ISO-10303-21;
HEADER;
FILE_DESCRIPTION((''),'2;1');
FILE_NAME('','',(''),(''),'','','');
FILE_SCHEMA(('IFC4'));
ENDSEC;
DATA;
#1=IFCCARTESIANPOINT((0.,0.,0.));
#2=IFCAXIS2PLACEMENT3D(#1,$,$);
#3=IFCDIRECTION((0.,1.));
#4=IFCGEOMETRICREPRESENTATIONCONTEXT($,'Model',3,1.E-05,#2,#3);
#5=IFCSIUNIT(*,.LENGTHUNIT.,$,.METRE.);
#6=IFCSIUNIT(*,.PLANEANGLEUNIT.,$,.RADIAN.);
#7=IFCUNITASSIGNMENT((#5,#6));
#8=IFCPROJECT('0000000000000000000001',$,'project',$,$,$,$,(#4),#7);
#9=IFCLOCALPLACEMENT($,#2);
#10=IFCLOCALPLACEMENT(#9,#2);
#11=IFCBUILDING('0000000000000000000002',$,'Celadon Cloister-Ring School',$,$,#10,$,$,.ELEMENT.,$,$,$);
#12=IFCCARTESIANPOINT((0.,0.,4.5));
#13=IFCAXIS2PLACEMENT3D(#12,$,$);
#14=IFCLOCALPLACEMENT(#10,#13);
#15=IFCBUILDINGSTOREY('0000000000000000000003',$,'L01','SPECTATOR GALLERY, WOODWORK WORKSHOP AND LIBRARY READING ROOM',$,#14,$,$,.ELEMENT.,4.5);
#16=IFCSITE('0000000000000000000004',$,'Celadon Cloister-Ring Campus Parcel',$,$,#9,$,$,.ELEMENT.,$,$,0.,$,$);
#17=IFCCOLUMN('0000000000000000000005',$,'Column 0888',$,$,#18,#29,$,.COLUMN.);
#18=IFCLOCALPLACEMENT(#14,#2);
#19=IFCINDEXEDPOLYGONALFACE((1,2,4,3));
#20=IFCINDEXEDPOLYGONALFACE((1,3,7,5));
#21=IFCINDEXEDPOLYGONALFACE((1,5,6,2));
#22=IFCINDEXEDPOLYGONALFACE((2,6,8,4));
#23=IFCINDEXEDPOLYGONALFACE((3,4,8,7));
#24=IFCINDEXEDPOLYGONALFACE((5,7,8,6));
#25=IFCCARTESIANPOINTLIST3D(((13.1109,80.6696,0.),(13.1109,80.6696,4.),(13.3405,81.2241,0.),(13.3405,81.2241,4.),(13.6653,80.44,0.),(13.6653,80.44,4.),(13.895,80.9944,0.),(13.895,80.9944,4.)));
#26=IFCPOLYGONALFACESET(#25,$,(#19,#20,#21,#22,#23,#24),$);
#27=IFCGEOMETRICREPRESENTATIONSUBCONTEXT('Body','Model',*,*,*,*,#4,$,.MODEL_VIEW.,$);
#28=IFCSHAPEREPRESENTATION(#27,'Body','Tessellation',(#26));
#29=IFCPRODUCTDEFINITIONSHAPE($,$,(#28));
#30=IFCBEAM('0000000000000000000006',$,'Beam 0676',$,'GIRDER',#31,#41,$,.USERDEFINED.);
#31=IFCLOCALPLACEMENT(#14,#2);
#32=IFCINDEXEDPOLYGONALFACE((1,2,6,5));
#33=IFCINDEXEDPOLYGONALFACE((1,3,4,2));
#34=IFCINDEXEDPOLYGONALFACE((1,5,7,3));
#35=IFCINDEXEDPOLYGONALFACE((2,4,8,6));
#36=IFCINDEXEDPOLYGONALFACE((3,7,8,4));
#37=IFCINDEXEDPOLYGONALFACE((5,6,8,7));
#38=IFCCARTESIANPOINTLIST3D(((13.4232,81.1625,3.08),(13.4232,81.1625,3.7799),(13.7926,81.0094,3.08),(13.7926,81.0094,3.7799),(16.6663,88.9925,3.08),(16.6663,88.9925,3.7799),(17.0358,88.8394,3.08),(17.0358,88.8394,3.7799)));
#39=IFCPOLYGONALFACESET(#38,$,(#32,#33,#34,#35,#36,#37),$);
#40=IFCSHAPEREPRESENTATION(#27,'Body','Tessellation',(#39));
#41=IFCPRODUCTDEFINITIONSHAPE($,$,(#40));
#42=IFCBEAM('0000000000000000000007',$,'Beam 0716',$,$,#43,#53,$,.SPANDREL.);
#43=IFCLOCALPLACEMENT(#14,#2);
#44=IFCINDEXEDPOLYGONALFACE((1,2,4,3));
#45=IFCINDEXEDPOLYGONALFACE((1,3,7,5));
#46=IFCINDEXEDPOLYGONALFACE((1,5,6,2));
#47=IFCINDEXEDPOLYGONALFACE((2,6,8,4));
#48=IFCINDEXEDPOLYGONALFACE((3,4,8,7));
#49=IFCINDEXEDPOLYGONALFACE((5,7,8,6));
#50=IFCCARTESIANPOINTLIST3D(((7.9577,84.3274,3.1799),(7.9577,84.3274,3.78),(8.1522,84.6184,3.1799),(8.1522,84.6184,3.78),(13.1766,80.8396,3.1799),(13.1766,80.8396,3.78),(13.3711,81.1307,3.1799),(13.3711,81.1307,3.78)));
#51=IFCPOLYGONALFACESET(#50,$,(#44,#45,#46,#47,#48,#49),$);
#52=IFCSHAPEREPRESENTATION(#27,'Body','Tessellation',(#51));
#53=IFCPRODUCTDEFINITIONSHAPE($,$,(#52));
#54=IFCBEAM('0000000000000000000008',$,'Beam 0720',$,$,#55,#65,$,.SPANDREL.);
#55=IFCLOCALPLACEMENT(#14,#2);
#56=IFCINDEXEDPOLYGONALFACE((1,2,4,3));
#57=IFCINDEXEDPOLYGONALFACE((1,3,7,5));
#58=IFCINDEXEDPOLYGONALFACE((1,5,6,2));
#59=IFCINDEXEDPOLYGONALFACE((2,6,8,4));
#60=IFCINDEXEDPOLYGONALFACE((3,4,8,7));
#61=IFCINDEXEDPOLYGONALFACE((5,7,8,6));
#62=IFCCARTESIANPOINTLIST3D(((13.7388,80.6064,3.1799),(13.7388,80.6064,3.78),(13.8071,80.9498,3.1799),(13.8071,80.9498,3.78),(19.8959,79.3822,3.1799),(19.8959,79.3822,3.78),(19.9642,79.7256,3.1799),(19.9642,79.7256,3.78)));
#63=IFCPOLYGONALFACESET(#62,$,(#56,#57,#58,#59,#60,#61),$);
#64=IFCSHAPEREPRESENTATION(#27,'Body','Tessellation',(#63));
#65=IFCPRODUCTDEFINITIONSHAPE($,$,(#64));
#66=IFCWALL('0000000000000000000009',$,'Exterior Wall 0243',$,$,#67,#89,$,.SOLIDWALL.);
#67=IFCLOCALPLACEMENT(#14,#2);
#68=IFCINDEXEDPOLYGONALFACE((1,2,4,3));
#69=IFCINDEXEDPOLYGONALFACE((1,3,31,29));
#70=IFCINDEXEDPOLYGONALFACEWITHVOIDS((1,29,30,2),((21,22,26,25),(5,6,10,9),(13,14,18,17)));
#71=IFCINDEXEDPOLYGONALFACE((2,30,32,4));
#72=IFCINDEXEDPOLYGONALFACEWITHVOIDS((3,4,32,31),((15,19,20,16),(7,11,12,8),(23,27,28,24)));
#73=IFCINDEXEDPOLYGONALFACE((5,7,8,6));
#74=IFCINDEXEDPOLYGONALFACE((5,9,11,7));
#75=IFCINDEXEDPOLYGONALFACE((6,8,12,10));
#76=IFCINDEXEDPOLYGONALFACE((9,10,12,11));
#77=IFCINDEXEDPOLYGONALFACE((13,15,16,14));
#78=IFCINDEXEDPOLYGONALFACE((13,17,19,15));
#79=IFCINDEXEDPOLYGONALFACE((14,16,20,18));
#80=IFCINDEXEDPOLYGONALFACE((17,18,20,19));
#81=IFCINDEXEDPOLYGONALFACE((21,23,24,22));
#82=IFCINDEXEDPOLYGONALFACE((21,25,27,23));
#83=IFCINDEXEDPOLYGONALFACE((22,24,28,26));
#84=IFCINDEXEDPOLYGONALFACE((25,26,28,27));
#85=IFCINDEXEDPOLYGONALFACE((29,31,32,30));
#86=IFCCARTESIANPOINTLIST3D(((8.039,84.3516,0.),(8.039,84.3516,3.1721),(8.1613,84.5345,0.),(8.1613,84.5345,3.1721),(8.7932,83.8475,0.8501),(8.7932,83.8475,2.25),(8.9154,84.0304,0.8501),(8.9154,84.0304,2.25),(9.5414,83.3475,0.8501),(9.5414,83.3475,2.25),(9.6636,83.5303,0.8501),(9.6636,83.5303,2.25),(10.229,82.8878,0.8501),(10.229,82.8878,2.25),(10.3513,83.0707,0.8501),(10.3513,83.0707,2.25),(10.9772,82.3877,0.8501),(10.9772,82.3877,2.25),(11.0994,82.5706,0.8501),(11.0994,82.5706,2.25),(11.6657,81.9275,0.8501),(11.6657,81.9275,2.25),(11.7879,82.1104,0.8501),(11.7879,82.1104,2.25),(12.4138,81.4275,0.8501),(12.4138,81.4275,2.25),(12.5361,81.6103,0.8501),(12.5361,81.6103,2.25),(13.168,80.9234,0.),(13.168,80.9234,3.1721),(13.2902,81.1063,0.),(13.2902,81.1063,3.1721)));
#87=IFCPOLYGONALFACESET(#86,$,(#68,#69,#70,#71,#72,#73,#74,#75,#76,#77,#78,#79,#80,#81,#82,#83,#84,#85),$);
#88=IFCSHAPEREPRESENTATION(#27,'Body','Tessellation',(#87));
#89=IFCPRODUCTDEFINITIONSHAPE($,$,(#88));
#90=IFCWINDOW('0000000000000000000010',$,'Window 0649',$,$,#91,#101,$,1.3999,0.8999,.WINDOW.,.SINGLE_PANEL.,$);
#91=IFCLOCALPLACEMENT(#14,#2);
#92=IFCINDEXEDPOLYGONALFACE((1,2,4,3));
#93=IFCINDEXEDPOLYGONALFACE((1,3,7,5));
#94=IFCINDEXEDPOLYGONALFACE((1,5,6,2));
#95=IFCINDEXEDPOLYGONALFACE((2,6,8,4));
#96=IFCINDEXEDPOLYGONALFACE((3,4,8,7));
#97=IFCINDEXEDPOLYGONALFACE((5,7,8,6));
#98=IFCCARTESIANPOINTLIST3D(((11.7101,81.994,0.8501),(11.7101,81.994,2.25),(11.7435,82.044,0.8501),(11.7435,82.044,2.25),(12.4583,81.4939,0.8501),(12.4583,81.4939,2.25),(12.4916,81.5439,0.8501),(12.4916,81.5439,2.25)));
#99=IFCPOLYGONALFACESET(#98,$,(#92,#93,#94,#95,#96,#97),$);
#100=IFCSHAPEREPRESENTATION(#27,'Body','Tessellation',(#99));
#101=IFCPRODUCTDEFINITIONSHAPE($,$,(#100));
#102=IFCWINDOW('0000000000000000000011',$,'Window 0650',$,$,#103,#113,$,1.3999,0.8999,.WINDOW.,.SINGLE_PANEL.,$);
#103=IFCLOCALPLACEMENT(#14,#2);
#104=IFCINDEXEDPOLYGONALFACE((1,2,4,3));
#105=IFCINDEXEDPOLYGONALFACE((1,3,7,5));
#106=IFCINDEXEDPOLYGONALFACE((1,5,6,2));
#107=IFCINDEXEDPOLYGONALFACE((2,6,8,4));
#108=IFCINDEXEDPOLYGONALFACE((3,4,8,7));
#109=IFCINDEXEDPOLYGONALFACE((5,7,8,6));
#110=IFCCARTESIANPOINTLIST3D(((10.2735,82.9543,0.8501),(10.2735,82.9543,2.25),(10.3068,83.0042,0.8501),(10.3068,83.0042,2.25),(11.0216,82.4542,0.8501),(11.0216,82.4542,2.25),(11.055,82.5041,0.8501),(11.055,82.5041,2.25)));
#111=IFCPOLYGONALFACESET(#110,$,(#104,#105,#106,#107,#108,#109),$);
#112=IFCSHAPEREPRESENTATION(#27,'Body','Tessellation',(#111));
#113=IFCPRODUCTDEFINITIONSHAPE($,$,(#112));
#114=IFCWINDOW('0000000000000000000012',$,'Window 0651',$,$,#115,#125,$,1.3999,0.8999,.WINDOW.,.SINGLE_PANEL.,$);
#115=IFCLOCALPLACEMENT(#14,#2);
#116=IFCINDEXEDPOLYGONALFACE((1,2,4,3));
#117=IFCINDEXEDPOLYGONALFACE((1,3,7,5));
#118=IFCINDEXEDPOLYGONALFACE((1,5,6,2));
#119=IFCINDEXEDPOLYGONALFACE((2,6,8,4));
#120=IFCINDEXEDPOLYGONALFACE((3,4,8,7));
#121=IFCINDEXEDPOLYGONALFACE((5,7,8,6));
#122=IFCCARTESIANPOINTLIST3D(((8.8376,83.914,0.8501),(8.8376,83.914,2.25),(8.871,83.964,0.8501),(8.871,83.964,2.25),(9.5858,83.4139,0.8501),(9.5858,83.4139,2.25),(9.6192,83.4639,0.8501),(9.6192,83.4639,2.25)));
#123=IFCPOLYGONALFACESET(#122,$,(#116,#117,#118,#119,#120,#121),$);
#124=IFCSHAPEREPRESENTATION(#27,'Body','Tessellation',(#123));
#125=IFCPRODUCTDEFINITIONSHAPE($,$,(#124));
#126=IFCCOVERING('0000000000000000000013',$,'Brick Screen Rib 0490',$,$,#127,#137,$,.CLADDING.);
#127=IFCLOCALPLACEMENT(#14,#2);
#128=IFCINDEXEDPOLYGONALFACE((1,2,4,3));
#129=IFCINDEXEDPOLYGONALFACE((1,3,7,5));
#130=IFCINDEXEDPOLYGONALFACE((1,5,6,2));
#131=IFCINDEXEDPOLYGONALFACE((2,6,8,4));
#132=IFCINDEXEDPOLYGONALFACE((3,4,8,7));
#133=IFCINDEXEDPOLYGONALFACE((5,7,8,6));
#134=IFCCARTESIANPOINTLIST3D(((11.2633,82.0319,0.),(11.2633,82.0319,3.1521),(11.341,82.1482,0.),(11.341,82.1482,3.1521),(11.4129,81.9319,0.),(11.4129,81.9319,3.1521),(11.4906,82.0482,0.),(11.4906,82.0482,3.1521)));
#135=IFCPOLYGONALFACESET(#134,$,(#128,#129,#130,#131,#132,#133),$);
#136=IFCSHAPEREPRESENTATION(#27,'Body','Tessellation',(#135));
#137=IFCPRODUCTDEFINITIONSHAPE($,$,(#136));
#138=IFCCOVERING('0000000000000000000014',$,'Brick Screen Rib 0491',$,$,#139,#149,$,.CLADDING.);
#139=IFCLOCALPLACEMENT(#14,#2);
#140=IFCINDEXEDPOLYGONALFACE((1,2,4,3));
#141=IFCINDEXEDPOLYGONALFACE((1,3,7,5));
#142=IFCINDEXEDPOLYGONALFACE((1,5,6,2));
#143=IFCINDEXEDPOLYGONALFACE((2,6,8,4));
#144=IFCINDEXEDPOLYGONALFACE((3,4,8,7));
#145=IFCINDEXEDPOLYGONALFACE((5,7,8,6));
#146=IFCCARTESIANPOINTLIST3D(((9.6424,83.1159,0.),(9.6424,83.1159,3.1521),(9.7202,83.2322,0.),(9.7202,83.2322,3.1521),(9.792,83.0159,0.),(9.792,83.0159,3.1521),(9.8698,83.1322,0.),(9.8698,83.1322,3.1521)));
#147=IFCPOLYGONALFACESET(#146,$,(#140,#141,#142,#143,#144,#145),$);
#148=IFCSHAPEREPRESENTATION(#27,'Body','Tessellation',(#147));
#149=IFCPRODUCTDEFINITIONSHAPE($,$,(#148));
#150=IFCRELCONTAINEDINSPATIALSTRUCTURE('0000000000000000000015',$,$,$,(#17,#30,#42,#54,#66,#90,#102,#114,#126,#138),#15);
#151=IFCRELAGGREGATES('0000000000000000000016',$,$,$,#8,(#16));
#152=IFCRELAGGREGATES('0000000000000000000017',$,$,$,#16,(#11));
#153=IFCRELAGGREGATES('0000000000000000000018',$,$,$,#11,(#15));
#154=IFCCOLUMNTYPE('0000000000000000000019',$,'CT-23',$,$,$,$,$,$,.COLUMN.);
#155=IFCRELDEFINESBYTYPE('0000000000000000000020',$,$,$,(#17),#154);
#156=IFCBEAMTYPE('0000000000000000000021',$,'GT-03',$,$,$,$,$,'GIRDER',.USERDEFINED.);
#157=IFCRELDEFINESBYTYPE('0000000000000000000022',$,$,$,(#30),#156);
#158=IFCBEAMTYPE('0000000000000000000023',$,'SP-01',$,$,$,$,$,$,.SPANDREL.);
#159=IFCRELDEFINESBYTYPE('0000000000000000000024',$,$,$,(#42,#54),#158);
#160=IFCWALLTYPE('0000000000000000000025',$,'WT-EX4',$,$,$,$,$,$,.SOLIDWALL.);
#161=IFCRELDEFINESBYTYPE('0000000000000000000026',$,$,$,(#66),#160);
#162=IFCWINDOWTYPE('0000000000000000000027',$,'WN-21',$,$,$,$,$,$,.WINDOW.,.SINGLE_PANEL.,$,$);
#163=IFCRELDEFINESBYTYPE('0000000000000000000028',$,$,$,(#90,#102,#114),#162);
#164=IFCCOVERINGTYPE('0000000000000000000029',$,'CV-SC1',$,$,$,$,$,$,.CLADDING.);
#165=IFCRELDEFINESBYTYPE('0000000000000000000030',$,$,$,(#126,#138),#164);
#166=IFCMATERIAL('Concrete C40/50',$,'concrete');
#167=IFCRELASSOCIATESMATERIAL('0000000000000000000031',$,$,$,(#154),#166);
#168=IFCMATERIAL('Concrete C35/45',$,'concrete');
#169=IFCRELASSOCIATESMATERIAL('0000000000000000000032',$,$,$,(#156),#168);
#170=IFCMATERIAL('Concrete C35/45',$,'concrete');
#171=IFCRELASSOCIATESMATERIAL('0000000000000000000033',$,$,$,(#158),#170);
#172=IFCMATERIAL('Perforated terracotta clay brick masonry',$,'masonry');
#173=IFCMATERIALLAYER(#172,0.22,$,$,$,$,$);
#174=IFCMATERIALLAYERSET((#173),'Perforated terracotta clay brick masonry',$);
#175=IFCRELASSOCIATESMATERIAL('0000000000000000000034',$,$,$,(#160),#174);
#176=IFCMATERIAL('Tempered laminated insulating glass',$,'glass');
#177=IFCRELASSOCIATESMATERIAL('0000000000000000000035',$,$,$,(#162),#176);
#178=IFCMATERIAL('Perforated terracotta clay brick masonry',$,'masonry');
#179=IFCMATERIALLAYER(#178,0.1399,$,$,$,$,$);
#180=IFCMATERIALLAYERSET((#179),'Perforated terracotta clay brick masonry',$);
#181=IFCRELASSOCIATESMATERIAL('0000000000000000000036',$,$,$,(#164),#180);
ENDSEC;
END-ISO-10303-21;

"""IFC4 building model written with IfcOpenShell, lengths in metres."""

from ifc_helpers import new_model, si_unit, direction, frame, frame_2d, origin, origin_2d, place, context, subcontext, project, spatial, rectangle, extrude, material, layer, layer_set, material_profile, profile_set, type_object, element, fill, save


model = new_model("IFC4")

# Units and contexts
model_context = context("Model", 3, precision=1e-05, world=origin(), true_north=direction((0.0, 1.0)))
body_context = subcontext(model_context, "Body", "Model", "MODEL_VIEW")
ifc_project = project(units=[si_unit("LENGTHUNIT", "METRE"), si_unit("PLANEANGLEUNIT", "RADIAN")], contexts=[model_context])

# Site, building, storey
site_placement = place(None, origin())
site = spatial("IfcSite", under=ifc_project, at=site_placement, Name="Celadon Cloister-Ring Campus Parcel", CompositionType="ELEMENT", RefElevation=0.0)
building_placement = place(site_placement, origin())
building = spatial("IfcBuilding", under=site, at=building_placement, Name="Celadon Cloister-Ring School", CompositionType="ELEMENT")
storey_placement = place(building_placement, frame((0.0, 0.0, 4.5)))
storey = spatial("IfcBuildingStorey", under=building, at=storey_placement, Name="L01", Description="SPECTATOR GALLERY, WOODWORK WORKSHOP AND LIBRARY READING ROOM", CompositionType="ELEMENT", Elevation=4.5)

# Column
ifc_material_1 = material(Name="Concrete C40/50", Category="concrete")
ifc_material_profile_1 = material_profile(ifc_material_1, rectangle(XDim=0.6001, YDim=0.6001, at=origin_2d()), Name="RC600X600")
ifc_profile_set_1 = profile_set([ifc_material_profile_1], Name="Concrete C40/50")
column_type = type_object("IfcColumnType", Name="CT-23", PredefinedType="COLUMN", material=ifc_profile_set_1)
column_placement = place(storey_placement, frame((13.5029, 80.832, 0.0), z_axis=(0.0, 0.0, 1.0), x_axis=(-0.382683, -0.92388, 0.0)))
element("IfcColumn", 1, at=column_placement, inside=storey, type_object=column_type, Name="Column 0888", PredefinedType="COLUMN", context=body_context, shape_type="SweptSolid", body=[
    extrude(rectangle(XDim=0.6001, YDim=0.6001, at=origin_2d()), origin(), (0.0, 0.0, 1.0), 4.0),
])

# Beams
ifc_material_2 = material(Name="Concrete C35/45", Category="concrete")
ifc_material_profile_2 = material_profile(ifc_material_2, rectangle(XDim=0.3999, YDim=0.7, at=origin_2d()), Name="RC400X700")
ifc_profile_set_2 = profile_set([ifc_material_profile_2], Name="Concrete C35/45")
beam_type_1 = type_object("IfcBeamType", Name="GT-03", ElementType="GIRDER", PredefinedType="USERDEFINED", material=ifc_profile_set_2)
beam_1_placement = place(storey_placement, frame((13.6079, 81.0859, 3.4299), z_axis=(0.382667, 0.923886, 0.0), x_axis=(-0.923886, 0.382667, 0.0)))
element("IfcBeam", 2, at=beam_1_placement, inside=storey, type_object=beam_type_1, Name="Beam 0676", ObjectType="GIRDER", PredefinedType="USERDEFINED", context=body_context, shape_type="SweptSolid", body=[
    extrude(rectangle(XDim=0.3999, YDim=0.7, at=origin_2d()), origin(), (0.0, 0.0, 1.0), 8.4751),
])
ifc_material_3 = material(Name="Concrete C35/45", Category="concrete")
ifc_material_profile_3 = material_profile(ifc_material_3, rectangle(XDim=0.3501, YDim=0.6001, at=origin_2d()), Name="RC350X600")
ifc_profile_set_3 = profile_set([ifc_material_profile_3], Name="Concrete C35/45")
beam_type_2 = type_object("IfcBeamType", Name="SP-01", PredefinedType="SPANDREL", material=ifc_profile_set_3)
beam_2_placement = place(storey_placement, frame((8.0549, 84.4729, 3.48), z_axis=(0.831427, -0.555633, 0.0), x_axis=(0.555633, 0.831427, 0.0)))
element("IfcBeam", 3, at=beam_2_placement, inside=storey, type_object=beam_type_2, Name="Beam 0716", PredefinedType="SPANDREL", context=body_context, shape_type="SweptSolid", body=[
    extrude(rectangle(XDim=0.3501, YDim=0.6001, at=origin_2d()), origin(), (0.0, 0.0, 1.0), 6.2771),
])
beam_3_placement = place(storey_placement, frame((13.7729, 80.7781, 3.48), z_axis=(0.980803, -0.195002, 0.0), x_axis=(0.195002, 0.980803, 0.0)))
element("IfcBeam", 4, at=beam_3_placement, inside=storey, type_object=beam_type_2, Name="Beam 0720", PredefinedType="SPANDREL", context=body_context, shape_type="SweptSolid", body=[
    extrude(rectangle(XDim=0.3501, YDim=0.6001, at=origin_2d()), origin(), (0.0, 0.0, 1.0), 6.2776),
])

# Wall, openings, windows
ifc_material_4 = material(Name="Perforated terracotta clay brick masonry", Category="masonry")
ifc_layer_1 = layer(ifc_material_4, 0.22)
ifc_layer_set_1 = layer_set([ifc_layer_1], Name="Perforated terracotta clay brick masonry")
wall_type = type_object("IfcWallType", Name="WT-EX4", PredefinedType="SOLIDWALL", material=ifc_layer_set_1)
wall_placement = place(storey_placement, frame((13.229, 81.0149, 0.0), z_axis=(0.0, 0.0, 1.0), x_axis=(-0.83138, 0.555704, 0.0)))
wall = element("IfcWall", 5, at=wall_placement, inside=storey, type_object=wall_type, Name="Exterior Wall 0243", PredefinedType="SOLIDWALL", context=body_context, shape_type="SweptSolid", body=[
    extrude(rectangle(XDim=6.1692, YDim=0.22, at=frame_2d((3.0845, 0.0))), origin(), (0.0, 0.0, 1.0), 3.1721),
])
opening_1_placement = place(wall_placement, frame((0.907, 0.0, 0.8501)))
opening_1 = element("IfcOpeningElement", 6, at=opening_1_placement, cuts=wall, PredefinedType="OPENING", context=body_context, shape_type="SweptSolid", body=[
    extrude(rectangle(XDim=0.8999, YDim=1.3999, at=frame_2d((0.45, 0.7))), frame((0.0, 0.1201, 0.0), z_axis=(0.0, -1.0, 0.0), x_axis=(1.0, 0.0, 0.0)), (0.0, 0.0, 1.0), 0.24),
])
opening_2_placement = place(wall_placement, frame((2.635, 0.0, 0.8501)))
opening_2 = element("IfcOpeningElement", 7, at=opening_2_placement, cuts=wall, PredefinedType="OPENING", context=body_context, shape_type="SweptSolid", body=[
    extrude(rectangle(XDim=0.8999, YDim=1.3999, at=frame_2d((0.45, 0.7))), frame((0.0, 0.1201, 0.0), z_axis=(0.0, -1.0, 0.0), x_axis=(1.0, 0.0, 0.0)), (0.0, 0.0, 1.0), 0.24),
])
opening_3_placement = place(wall_placement, frame((4.3621, 0.0, 0.8501)))
opening_3 = element("IfcOpeningElement", 8, at=opening_3_placement, cuts=wall, PredefinedType="OPENING", context=body_context, shape_type="SweptSolid", body=[
    extrude(rectangle(XDim=0.8999, YDim=1.3999, at=frame_2d((0.45, 0.7))), frame((0.0, 0.1201, 0.0), z_axis=(0.0, -1.0, 0.0), x_axis=(1.0, 0.0, 0.0)), (0.0, 0.0, 1.0), 0.24),
])
ifc_material_5 = material(Name="Tempered laminated insulating glass", Category="glass")
window_type = type_object("IfcWindowType", Name="WN-21", PartitioningType="SINGLE_PANEL", PredefinedType="WINDOW", material=ifc_material_5)
window_1_placement = place(opening_1_placement, origin())
window_1 = element("IfcWindow", 9, at=window_1_placement, inside=storey, type_object=window_type, Name="Window 0649", OverallHeight=1.3999, OverallWidth=0.8999, PartitioningType="SINGLE_PANEL", PredefinedType="WINDOW", context=body_context, shape_type="SweptSolid", body=[
    extrude(rectangle(XDim=0.8999, YDim=1.3999, at=frame_2d((0.45, 0.7))), frame((0.0, 0.03, 0.0), z_axis=(0.0, -1.0, 0.0), x_axis=(1.0, 0.0, 0.0)), (0.0, 0.0, 1.0), 0.0601),
])
fill(opening_1, window_1)
window_2_placement = place(opening_2_placement, origin())
window_2 = element("IfcWindow", 10, at=window_2_placement, inside=storey, type_object=window_type, Name="Window 0650", OverallHeight=1.3999, OverallWidth=0.8999, PartitioningType="SINGLE_PANEL", PredefinedType="WINDOW", context=body_context, shape_type="SweptSolid", body=[
    extrude(rectangle(XDim=0.8999, YDim=1.3999, at=frame_2d((0.45, 0.7))), frame((0.0, 0.03, 0.0), z_axis=(0.0, -1.0, 0.0), x_axis=(1.0, 0.0, 0.0)), (0.0, 0.0, 1.0), 0.0601),
])
fill(opening_2, window_2)
window_3_placement = place(opening_3_placement, origin())
window_3 = element("IfcWindow", 11, at=window_3_placement, inside=storey, type_object=window_type, Name="Window 0651", OverallHeight=1.3999, OverallWidth=0.8999, PartitioningType="SINGLE_PANEL", PredefinedType="WINDOW", context=body_context, shape_type="SweptSolid", body=[
    extrude(rectangle(XDim=0.8999, YDim=1.3999, at=frame_2d((0.45, 0.7))), frame((0.0, 0.03, 0.0), z_axis=(0.0, -1.0, 0.0), x_axis=(1.0, 0.0, 0.0)), (0.0, 0.0, 1.0), 0.0601),
])
fill(opening_3, window_3)

# Coverings
ifc_material_6 = material(Name="Perforated terracotta clay brick masonry", Category="masonry")
ifc_layer_2 = layer(ifc_material_6, 0.1399)
ifc_layer_set_2 = layer_set([ifc_layer_2], Name="Perforated terracotta clay brick masonry")
covering_type = type_object("IfcCoveringType", Name="CV-SC1", PredefinedType="CLADDING", material=ifc_layer_set_2)
for number, where, z_axis, x_axis, name in (
    (12, (11.377, 82.04, 0.0), (0.0, 0.0, 1.0), (-0.831402, 0.555672, 0.0), "Brick Screen Rib 0490"),
    (13, (9.7561, 83.124, 0.0), (0.0, 0.0, 1.0), (-0.831402, 0.555672, 0.0), "Brick Screen Rib 0491"),
):
    element("IfcCovering", number, at=place(storey_placement, frame(where, z_axis=z_axis, x_axis=x_axis)), inside=storey, type_object=covering_type, Name=name, PredefinedType="CLADDING", context=body_context, shape_type="SweptSolid", body=[
        extrude(rectangle(XDim=0.1799, YDim=0.1399, at=origin_2d()), origin(), (0.0, 0.0, 1.0), 3.1521),
    ])

save(model, "model.ifc")
